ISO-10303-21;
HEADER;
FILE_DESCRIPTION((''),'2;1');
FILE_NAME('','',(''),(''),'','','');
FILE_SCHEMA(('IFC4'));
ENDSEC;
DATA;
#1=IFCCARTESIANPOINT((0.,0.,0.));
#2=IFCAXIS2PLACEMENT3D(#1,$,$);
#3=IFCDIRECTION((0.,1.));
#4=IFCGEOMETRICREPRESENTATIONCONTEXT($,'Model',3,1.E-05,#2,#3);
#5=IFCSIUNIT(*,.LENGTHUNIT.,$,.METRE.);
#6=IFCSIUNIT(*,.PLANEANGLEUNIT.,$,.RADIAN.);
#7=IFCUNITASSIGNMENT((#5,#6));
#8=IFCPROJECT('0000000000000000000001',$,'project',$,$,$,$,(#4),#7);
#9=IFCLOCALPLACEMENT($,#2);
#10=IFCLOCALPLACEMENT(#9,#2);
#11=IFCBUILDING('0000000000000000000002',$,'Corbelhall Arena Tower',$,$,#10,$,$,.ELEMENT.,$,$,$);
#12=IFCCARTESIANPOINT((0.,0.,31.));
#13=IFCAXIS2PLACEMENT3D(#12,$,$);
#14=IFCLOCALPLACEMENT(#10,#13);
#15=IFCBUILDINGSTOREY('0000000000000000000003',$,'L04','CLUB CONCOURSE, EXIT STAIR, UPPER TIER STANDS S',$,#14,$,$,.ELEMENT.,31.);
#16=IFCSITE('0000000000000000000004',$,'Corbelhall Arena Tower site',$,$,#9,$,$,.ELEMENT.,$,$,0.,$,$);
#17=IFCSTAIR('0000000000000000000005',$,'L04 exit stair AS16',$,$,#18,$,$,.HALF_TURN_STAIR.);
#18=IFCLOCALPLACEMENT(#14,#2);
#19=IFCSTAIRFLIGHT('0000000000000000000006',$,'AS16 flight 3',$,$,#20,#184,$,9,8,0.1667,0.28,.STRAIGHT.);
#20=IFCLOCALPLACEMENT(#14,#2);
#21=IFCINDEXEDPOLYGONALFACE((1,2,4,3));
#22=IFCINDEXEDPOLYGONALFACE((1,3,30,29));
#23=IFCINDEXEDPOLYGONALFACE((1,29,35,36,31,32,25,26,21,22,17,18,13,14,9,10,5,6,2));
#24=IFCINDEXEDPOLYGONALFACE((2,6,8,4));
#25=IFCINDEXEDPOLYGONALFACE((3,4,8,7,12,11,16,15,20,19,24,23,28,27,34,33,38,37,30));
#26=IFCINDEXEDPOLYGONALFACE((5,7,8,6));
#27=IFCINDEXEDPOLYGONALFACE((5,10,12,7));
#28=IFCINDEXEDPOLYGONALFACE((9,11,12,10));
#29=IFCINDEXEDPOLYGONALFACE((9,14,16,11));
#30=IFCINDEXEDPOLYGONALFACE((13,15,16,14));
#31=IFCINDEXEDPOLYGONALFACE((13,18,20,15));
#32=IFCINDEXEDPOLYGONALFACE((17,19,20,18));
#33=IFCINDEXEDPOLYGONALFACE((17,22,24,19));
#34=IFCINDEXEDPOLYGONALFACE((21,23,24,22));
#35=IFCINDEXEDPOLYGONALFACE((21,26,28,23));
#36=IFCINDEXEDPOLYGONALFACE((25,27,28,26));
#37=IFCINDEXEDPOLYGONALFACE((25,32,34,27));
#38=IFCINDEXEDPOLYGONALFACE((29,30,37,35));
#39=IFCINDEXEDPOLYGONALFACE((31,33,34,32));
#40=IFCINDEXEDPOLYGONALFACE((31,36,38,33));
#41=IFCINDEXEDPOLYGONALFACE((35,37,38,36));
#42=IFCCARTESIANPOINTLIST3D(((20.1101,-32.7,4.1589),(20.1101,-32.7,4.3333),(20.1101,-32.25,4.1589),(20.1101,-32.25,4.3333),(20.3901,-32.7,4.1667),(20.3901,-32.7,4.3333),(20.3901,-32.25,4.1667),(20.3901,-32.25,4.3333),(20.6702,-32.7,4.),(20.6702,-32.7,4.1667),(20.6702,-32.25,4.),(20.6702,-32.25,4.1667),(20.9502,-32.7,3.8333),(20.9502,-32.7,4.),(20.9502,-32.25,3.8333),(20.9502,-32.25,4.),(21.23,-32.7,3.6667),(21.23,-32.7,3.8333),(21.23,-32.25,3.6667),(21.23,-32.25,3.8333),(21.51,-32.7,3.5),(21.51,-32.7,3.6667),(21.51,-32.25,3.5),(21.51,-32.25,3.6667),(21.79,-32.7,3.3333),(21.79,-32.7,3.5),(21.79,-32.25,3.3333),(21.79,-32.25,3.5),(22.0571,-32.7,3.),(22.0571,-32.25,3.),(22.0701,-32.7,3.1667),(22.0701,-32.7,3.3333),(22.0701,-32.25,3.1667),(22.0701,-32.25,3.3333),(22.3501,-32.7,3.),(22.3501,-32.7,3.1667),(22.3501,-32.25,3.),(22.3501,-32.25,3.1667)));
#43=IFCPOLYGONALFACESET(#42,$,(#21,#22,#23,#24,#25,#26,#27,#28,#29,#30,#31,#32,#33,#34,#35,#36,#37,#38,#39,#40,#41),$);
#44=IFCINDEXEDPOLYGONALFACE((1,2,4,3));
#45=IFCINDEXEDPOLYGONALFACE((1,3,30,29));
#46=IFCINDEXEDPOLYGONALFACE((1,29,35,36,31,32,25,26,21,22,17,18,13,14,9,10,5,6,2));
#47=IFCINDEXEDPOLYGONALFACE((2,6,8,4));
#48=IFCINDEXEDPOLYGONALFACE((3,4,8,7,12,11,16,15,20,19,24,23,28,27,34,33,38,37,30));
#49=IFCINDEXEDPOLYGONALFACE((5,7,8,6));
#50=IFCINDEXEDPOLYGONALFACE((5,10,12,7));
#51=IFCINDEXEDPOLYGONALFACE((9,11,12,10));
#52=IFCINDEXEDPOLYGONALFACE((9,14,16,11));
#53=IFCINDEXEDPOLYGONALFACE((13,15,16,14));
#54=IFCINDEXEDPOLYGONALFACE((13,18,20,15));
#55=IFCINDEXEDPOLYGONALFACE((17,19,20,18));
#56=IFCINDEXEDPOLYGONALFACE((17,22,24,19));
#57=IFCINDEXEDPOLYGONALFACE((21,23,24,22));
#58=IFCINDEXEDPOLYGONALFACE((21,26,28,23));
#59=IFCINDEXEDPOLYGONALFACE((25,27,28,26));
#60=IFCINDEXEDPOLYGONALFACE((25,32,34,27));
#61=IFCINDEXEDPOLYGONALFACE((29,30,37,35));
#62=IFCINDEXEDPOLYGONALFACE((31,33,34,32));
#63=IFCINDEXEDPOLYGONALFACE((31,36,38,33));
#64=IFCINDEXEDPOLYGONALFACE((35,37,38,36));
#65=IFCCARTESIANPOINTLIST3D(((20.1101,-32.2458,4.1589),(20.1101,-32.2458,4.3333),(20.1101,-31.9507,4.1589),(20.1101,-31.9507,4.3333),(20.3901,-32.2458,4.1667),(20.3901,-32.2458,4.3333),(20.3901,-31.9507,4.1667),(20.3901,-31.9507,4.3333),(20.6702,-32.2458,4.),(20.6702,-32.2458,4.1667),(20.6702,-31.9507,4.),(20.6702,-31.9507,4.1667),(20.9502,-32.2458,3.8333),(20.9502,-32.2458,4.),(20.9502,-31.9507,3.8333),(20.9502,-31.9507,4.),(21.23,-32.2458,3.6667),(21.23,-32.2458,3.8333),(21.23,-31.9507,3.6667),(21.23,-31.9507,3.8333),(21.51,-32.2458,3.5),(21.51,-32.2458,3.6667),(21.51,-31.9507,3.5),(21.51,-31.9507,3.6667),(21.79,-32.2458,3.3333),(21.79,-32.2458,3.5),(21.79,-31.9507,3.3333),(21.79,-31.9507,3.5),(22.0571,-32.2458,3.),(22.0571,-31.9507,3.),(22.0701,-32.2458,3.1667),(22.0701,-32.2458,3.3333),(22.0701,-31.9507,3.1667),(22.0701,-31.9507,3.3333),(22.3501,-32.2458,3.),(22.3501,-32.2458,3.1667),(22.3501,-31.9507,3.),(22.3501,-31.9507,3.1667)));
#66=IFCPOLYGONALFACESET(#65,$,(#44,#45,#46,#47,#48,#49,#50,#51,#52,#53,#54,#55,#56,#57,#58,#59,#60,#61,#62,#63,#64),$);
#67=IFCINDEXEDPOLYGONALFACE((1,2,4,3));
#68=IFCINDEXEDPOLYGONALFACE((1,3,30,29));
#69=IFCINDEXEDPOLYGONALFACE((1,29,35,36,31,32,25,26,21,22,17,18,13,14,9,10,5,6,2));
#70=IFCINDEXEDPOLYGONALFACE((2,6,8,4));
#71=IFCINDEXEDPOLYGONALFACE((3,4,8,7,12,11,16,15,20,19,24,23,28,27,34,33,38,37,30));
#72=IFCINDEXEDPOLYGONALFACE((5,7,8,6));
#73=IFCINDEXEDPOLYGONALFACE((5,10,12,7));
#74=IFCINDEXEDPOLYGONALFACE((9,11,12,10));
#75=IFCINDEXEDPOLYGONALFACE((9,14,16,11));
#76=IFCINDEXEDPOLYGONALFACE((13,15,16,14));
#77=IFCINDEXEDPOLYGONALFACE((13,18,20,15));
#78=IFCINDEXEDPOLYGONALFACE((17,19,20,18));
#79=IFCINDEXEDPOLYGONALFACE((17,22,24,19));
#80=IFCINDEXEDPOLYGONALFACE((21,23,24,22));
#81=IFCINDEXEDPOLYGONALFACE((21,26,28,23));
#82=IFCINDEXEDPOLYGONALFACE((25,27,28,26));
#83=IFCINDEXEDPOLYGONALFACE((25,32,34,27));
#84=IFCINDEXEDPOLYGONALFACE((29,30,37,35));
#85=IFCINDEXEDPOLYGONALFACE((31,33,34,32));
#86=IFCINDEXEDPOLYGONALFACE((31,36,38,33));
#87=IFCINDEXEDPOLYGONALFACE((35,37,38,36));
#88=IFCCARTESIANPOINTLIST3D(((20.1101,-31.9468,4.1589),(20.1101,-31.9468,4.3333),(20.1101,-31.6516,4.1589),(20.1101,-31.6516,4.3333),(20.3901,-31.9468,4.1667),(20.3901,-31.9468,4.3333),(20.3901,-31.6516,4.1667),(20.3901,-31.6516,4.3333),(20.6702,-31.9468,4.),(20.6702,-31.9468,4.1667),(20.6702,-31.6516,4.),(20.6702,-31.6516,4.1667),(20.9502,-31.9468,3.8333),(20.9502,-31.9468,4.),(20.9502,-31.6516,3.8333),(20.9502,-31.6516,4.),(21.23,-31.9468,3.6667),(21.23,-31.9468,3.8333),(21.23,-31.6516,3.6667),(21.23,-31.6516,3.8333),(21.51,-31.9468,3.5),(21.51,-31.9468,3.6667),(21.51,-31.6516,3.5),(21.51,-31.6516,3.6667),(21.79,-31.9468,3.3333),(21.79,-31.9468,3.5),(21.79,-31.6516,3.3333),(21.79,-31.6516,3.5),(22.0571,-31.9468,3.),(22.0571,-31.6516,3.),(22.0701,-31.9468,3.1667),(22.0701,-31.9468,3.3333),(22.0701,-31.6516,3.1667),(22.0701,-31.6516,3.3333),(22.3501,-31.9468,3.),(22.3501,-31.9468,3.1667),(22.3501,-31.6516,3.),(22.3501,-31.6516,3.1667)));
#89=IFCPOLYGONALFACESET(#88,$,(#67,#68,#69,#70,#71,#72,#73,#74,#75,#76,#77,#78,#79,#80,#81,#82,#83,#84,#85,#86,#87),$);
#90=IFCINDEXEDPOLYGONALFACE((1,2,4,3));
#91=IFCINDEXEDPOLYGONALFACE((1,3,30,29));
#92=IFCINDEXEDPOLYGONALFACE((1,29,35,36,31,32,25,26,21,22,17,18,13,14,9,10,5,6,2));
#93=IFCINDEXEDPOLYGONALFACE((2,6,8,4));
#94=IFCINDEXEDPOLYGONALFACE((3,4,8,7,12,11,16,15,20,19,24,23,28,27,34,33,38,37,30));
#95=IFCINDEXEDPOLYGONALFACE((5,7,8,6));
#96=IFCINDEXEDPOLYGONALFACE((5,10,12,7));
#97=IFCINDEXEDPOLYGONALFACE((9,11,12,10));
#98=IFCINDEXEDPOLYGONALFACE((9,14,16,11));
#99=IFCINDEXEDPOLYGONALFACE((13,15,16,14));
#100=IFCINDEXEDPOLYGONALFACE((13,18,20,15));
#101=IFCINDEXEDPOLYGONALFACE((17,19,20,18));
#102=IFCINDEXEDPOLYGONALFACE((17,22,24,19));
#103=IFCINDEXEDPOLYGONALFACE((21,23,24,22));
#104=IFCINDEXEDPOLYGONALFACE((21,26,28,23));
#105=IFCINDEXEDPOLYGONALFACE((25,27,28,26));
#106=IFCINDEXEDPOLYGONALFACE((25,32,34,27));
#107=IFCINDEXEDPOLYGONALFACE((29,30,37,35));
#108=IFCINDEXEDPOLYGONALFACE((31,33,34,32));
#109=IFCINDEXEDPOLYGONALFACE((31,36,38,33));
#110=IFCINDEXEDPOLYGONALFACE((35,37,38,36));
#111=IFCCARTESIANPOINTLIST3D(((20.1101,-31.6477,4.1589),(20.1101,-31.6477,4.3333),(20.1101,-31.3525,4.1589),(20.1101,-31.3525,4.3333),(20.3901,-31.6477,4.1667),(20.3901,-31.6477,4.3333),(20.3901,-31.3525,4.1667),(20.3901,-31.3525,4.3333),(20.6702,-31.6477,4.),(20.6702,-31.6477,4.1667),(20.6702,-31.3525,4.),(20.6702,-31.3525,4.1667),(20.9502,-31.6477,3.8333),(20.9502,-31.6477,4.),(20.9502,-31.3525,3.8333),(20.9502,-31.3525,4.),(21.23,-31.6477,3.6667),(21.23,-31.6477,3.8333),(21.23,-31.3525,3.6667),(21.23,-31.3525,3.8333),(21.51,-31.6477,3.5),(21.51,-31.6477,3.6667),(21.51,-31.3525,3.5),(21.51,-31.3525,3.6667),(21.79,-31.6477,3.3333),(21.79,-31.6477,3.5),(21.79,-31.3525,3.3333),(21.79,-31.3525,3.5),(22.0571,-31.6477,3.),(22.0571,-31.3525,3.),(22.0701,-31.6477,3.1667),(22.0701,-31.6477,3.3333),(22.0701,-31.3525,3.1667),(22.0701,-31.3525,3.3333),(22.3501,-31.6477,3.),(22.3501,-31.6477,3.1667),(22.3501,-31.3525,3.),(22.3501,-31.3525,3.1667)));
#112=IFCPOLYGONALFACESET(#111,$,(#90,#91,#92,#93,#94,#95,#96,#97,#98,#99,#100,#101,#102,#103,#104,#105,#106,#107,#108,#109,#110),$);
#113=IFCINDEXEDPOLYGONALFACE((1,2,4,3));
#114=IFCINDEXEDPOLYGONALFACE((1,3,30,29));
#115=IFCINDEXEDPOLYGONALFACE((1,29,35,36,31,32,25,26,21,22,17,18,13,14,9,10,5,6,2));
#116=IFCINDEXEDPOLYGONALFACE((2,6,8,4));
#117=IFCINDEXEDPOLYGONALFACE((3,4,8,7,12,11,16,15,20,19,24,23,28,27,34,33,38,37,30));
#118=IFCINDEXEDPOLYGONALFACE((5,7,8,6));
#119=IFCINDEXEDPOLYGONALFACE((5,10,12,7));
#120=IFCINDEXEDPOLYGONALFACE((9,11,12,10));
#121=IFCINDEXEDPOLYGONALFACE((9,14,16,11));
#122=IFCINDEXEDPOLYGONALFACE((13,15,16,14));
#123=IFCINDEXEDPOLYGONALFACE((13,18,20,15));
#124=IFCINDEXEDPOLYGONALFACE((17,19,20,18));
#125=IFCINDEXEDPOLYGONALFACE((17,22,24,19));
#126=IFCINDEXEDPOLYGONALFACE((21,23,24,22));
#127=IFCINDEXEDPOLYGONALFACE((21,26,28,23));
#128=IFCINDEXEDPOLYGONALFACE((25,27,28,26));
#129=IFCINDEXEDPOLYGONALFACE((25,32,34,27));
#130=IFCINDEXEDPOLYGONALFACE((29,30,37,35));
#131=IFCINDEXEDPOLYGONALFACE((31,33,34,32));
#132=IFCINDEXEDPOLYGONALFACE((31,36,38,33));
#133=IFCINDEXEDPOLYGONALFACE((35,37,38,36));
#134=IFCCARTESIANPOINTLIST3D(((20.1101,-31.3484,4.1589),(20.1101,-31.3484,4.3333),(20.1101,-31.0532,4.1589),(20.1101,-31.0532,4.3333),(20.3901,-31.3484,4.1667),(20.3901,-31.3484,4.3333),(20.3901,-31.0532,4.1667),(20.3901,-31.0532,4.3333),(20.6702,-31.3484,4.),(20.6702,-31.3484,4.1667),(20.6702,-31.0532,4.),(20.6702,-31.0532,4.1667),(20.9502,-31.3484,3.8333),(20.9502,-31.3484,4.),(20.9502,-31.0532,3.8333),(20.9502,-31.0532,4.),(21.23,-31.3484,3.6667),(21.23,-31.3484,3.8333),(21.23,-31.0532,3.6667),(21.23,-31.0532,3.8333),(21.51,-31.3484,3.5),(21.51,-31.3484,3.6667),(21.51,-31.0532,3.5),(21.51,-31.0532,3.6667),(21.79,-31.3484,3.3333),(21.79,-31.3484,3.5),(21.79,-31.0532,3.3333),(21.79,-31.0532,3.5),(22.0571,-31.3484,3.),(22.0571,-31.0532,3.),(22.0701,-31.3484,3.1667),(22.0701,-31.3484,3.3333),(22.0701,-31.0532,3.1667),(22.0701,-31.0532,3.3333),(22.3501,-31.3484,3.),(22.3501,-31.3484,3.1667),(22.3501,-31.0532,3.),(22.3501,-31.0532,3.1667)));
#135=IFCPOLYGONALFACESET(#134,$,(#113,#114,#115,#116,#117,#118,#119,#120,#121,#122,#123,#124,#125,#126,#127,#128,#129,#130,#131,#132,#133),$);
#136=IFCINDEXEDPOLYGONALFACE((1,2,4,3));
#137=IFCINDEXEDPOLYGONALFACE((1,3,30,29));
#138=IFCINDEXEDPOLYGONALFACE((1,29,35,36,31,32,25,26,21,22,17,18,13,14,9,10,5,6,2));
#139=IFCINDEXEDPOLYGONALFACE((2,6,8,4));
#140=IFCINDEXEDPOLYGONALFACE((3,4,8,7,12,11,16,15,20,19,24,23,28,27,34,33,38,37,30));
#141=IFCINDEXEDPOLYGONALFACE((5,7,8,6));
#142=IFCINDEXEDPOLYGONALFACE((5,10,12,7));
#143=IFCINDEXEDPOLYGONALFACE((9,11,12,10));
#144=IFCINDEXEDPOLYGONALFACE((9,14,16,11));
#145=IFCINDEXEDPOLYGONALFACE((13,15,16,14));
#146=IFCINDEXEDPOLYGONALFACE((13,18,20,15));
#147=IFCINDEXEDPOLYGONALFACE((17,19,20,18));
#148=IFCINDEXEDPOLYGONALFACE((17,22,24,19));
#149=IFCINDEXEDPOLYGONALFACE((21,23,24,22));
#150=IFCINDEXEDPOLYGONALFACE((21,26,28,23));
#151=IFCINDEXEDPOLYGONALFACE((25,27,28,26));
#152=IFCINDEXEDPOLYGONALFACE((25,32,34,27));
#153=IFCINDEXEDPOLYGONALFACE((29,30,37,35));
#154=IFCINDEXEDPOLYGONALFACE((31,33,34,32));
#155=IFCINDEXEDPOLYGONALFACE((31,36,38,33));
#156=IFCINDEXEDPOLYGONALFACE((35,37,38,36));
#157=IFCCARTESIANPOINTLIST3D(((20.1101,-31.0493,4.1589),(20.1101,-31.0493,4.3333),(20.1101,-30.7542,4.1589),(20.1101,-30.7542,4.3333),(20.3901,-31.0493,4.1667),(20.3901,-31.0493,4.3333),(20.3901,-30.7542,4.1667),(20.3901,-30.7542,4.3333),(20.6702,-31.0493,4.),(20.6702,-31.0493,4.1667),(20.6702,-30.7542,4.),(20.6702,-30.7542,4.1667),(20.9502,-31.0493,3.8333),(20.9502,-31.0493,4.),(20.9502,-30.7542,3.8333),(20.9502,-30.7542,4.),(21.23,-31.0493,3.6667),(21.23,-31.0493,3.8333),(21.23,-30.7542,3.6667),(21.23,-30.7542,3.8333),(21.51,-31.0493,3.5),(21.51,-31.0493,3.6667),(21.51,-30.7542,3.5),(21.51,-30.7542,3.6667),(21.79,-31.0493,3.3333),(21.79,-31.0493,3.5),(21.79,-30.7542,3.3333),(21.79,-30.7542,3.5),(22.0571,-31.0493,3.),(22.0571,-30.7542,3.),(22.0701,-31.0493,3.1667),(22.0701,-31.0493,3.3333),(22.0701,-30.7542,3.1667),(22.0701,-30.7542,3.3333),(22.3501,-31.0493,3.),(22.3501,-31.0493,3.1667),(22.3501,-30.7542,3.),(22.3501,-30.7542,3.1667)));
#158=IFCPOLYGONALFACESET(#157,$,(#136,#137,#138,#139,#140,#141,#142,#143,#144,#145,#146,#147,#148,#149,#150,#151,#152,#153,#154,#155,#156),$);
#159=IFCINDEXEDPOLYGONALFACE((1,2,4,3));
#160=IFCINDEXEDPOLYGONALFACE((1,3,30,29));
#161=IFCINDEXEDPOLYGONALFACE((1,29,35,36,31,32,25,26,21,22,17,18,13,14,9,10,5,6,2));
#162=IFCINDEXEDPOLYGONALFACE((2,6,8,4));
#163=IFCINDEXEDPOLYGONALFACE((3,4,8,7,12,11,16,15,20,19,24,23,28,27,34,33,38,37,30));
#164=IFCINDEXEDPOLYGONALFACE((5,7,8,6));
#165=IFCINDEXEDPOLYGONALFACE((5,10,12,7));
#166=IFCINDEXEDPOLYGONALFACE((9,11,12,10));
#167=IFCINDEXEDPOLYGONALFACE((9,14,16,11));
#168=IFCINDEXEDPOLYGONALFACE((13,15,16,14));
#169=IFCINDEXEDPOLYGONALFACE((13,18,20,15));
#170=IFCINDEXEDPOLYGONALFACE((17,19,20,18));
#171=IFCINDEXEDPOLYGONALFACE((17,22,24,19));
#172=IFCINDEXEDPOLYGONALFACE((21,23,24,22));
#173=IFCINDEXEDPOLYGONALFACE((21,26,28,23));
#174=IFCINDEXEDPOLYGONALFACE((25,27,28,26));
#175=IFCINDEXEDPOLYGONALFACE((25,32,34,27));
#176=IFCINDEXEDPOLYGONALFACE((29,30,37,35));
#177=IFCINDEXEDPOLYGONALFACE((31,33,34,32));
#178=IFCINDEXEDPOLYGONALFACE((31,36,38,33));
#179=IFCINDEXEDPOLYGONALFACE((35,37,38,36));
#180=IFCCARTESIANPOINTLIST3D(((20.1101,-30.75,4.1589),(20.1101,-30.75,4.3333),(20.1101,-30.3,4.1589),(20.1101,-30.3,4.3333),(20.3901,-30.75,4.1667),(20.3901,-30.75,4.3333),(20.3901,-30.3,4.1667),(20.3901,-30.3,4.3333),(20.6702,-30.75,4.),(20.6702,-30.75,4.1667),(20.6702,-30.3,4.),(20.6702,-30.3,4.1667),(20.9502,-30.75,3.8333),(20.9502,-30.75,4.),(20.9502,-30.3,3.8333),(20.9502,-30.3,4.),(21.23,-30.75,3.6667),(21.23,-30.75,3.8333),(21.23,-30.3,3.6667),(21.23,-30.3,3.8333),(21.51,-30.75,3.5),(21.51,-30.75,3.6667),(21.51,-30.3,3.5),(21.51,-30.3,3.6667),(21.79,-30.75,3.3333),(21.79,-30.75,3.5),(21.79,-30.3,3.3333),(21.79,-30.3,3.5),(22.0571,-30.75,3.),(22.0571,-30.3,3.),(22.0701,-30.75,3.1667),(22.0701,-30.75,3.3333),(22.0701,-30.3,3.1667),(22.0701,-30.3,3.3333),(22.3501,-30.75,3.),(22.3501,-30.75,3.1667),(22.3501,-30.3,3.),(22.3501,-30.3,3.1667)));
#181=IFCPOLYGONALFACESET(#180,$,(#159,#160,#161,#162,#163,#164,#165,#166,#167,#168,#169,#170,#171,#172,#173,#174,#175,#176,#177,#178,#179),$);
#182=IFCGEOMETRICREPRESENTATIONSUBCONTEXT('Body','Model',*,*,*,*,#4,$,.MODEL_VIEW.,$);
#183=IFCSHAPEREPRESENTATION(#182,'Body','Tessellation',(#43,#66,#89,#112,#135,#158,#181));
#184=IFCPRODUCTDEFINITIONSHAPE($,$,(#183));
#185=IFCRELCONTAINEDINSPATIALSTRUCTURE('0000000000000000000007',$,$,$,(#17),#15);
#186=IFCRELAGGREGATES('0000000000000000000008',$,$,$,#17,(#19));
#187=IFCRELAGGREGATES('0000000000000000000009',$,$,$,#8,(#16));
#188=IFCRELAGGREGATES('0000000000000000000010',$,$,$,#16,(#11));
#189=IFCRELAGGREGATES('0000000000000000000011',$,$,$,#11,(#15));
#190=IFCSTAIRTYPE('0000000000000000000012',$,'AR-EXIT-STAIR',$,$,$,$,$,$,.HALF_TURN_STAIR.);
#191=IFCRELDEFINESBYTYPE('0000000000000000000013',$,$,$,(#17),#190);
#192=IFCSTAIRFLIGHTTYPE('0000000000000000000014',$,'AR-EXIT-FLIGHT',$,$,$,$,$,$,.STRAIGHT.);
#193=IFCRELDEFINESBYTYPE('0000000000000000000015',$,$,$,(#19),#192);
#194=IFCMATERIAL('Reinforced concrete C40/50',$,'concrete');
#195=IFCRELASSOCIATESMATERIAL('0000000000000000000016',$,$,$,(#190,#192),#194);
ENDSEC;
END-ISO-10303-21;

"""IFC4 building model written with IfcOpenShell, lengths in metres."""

from ifc_helpers import new_model, si_unit, direction, frame, origin, place, context, subcontext, project, spatial, polyline, outline, extrude, material, type_object, element, aggregate, save


model = new_model("IFC4")

# Units and contexts
model_context = context("Model", 3, precision=1e-05, world=origin(), true_north=direction((0.0, 1.0)))
body_context = subcontext(model_context, "Body", "Model", "MODEL_VIEW")
ifc_project = project(units=[si_unit("LENGTHUNIT", "METRE"), si_unit("PLANEANGLEUNIT", "RADIAN")], contexts=[model_context])

# Site, building, storey
site_placement = place(None, origin())
site = spatial("IfcSite", under=ifc_project, at=site_placement, Name="Corbelhall Arena Tower site", CompositionType="ELEMENT", RefElevation=0.0)
building_placement = place(site_placement, origin())
building = spatial("IfcBuilding", under=site, at=building_placement, Name="Corbelhall Arena Tower", CompositionType="ELEMENT")
storey_placement = place(building_placement, frame((0.0, 0.0, 31.0)))
storey = spatial("IfcBuildingStorey", under=building, at=storey_placement, Name="L04", Description="CLUB CONCOURSE, EXIT STAIR, UPPER TIER STANDS S", CompositionType="ELEMENT", Elevation=31.0)

# Shared definitions
ifc_material_1 = material(Name="Reinforced concrete C40/50", Category="concrete")

# Stair, stair flight
stair_type = type_object("IfcStairType", Name="AR-EXIT-STAIR", PredefinedType="HALF_TURN_STAIR", material=ifc_material_1)
stair_flight_type = type_object("IfcStairFlightType", Name="AR-EXIT-FLIGHT", PredefinedType="STRAIGHT", material=ifc_material_1)
stair_1_placement = place(storey_placement, origin())
stair_1 = element("IfcStair", 1, at=stair_1_placement, inside=storey, type_object=stair_type, Name="L04 exit stair AS16", PredefinedType="HALF_TURN_STAIR")
stair_flight_1_placement = place(storey_placement, frame((22.3501, -31.5, 3.0), z_axis=(0.0, 0.0, 1.0), x_axis=(-1.0, 0.0, 0.0)))
stair_flight_1 = element("IfcStairFlight", 2, at=stair_flight_1_placement, type_object=stair_flight_type, Name="AS16 flight 3", NumberOfRisers=9, NumberOfTreads=8, PredefinedType="STRAIGHT", RiserHeight=0.1667, TreadLength=0.28, context=body_context, shape_type="SweptSolid", body=[
    extrude(outline(polyline([(0.0, 0.0), (0.0, 0.1667), (0.28, 0.1667), (0.28, 0.3333), (0.5601, 0.3333), (0.5601, 0.5), (0.8401, 0.5), (0.8401, 0.6667), (1.1201, 0.6667), (1.1201, 0.8333), (1.3999, 0.8333), (1.3999, 1.0), (1.6799, 1.0), (1.6799, 1.1667), (1.96, 1.1667), (1.96, 1.3333), (2.24, 1.3333), (2.24, 1.5), (2.24, 1.1589), (0.293, 0.0), (0.0, 0.0)])), frame((0.0, 1.2, 0.0), z_axis=(0.0, -1.0, 0.0), x_axis=(1.0, 0.0, 0.0)), (0.0, 0.0, 1.0), 0.45),
    extrude(outline(polyline([(0.0, 0.0), (0.0, 0.1667), (0.28, 0.1667), (0.28, 0.3333), (0.5601, 0.3333), (0.5601, 0.5), (0.8401, 0.5), (0.8401, 0.6667), (1.1201, 0.6667), (1.1201, 0.8333), (1.3999, 0.8333), (1.3999, 1.0), (1.6799, 1.0), (1.6799, 1.1667), (1.96, 1.1667), (1.96, 1.3333), (2.24, 1.3333), (2.24, 1.5), (2.24, 1.1589), (0.293, 0.0), (0.0, 0.0)])), frame((0.0, 0.7458, 0.0), z_axis=(0.0, -1.0, 0.0), x_axis=(1.0, 0.0, 0.0)), (0.0, 0.0, 1.0), 0.2952),
    extrude(outline(polyline([(0.0, 0.0), (0.0, 0.1667), (0.28, 0.1667), (0.28, 0.3333), (0.5601, 0.3333), (0.5601, 0.5), (0.8401, 0.5), (0.8401, 0.6667), (1.1201, 0.6667), (1.1201, 0.8333), (1.3999, 0.8333), (1.3999, 1.0), (1.6799, 1.0), (1.6799, 1.1667), (1.96, 1.1667), (1.96, 1.3333), (2.24, 1.3333), (2.24, 1.5), (2.24, 1.1589), (0.293, 0.0), (0.0, 0.0)])), frame((0.0, 0.4468, 0.0), z_axis=(0.0, -1.0, 0.0), x_axis=(1.0, 0.0, 0.0)), (0.0, 0.0, 1.0), 0.2952),
    extrude(outline(polyline([(0.0, 0.0), (0.0, 0.1667), (0.28, 0.1667), (0.28, 0.3333), (0.5601, 0.3333), (0.5601, 0.5), (0.8401, 0.5), (0.8401, 0.6667), (1.1201, 0.6667), (1.1201, 0.8333), (1.3999, 0.8333), (1.3999, 1.0), (1.6799, 1.0), (1.6799, 1.1667), (1.96, 1.1667), (1.96, 1.3333), (2.24, 1.3333), (2.24, 1.5), (2.24, 1.1589), (0.293, 0.0), (0.0, 0.0)])), frame((0.0, 0.1477, 0.0), z_axis=(0.0, -1.0, 0.0), x_axis=(1.0, 0.0, 0.0)), (0.0, 0.0, 1.0), 0.2952),
    extrude(outline(polyline([(0.0, 0.0), (0.0, 0.1667), (0.28, 0.1667), (0.28, 0.3333), (0.5601, 0.3333), (0.5601, 0.5), (0.8401, 0.5), (0.8401, 0.6667), (1.1201, 0.6667), (1.1201, 0.8333), (1.3999, 0.8333), (1.3999, 1.0), (1.6799, 1.0), (1.6799, 1.1667), (1.96, 1.1667), (1.96, 1.3333), (2.24, 1.3333), (2.24, 1.5), (2.24, 1.1589), (0.293, 0.0), (0.0, 0.0)])), frame((0.0, -0.1516, 0.0), z_axis=(0.0, -1.0, 0.0), x_axis=(1.0, 0.0, 0.0)), (0.0, 0.0, 1.0), 0.2952),
    extrude(outline(polyline([(0.0, 0.0), (0.0, 0.1667), (0.28, 0.1667), (0.28, 0.3333), (0.5601, 0.3333), (0.5601, 0.5), (0.8401, 0.5), (0.8401, 0.6667), (1.1201, 0.6667), (1.1201, 0.8333), (1.3999, 0.8333), (1.3999, 1.0), (1.6799, 1.0), (1.6799, 1.1667), (1.96, 1.1667), (1.96, 1.3333), (2.24, 1.3333), (2.24, 1.5), (2.24, 1.1589), (0.293, 0.0), (0.0, 0.0)])), frame((0.0, -0.4507, 0.0), z_axis=(0.0, -1.0, 0.0), x_axis=(1.0, 0.0, 0.0)), (0.0, 0.0, 1.0), 0.2952),
    extrude(outline(polyline([(0.0, 0.0), (0.0, 0.1667), (0.28, 0.1667), (0.28, 0.3333), (0.5601, 0.3333), (0.5601, 0.5), (0.8401, 0.5), (0.8401, 0.6667), (1.1201, 0.6667), (1.1201, 0.8333), (1.3999, 0.8333), (1.3999, 1.0), (1.6799, 1.0), (1.6799, 1.1667), (1.96, 1.1667), (1.96, 1.3333), (2.24, 1.3333), (2.24, 1.5), (2.24, 1.1589), (0.293, 0.0), (0.0, 0.0)])), frame((0.0, -0.75, 0.0), z_axis=(0.0, -1.0, 0.0), x_axis=(1.0, 0.0, 0.0)), (0.0, 0.0, 1.0), 0.45),
])
aggregate(stair_1, [stair_flight_1])

save(model, "model.ifc")
